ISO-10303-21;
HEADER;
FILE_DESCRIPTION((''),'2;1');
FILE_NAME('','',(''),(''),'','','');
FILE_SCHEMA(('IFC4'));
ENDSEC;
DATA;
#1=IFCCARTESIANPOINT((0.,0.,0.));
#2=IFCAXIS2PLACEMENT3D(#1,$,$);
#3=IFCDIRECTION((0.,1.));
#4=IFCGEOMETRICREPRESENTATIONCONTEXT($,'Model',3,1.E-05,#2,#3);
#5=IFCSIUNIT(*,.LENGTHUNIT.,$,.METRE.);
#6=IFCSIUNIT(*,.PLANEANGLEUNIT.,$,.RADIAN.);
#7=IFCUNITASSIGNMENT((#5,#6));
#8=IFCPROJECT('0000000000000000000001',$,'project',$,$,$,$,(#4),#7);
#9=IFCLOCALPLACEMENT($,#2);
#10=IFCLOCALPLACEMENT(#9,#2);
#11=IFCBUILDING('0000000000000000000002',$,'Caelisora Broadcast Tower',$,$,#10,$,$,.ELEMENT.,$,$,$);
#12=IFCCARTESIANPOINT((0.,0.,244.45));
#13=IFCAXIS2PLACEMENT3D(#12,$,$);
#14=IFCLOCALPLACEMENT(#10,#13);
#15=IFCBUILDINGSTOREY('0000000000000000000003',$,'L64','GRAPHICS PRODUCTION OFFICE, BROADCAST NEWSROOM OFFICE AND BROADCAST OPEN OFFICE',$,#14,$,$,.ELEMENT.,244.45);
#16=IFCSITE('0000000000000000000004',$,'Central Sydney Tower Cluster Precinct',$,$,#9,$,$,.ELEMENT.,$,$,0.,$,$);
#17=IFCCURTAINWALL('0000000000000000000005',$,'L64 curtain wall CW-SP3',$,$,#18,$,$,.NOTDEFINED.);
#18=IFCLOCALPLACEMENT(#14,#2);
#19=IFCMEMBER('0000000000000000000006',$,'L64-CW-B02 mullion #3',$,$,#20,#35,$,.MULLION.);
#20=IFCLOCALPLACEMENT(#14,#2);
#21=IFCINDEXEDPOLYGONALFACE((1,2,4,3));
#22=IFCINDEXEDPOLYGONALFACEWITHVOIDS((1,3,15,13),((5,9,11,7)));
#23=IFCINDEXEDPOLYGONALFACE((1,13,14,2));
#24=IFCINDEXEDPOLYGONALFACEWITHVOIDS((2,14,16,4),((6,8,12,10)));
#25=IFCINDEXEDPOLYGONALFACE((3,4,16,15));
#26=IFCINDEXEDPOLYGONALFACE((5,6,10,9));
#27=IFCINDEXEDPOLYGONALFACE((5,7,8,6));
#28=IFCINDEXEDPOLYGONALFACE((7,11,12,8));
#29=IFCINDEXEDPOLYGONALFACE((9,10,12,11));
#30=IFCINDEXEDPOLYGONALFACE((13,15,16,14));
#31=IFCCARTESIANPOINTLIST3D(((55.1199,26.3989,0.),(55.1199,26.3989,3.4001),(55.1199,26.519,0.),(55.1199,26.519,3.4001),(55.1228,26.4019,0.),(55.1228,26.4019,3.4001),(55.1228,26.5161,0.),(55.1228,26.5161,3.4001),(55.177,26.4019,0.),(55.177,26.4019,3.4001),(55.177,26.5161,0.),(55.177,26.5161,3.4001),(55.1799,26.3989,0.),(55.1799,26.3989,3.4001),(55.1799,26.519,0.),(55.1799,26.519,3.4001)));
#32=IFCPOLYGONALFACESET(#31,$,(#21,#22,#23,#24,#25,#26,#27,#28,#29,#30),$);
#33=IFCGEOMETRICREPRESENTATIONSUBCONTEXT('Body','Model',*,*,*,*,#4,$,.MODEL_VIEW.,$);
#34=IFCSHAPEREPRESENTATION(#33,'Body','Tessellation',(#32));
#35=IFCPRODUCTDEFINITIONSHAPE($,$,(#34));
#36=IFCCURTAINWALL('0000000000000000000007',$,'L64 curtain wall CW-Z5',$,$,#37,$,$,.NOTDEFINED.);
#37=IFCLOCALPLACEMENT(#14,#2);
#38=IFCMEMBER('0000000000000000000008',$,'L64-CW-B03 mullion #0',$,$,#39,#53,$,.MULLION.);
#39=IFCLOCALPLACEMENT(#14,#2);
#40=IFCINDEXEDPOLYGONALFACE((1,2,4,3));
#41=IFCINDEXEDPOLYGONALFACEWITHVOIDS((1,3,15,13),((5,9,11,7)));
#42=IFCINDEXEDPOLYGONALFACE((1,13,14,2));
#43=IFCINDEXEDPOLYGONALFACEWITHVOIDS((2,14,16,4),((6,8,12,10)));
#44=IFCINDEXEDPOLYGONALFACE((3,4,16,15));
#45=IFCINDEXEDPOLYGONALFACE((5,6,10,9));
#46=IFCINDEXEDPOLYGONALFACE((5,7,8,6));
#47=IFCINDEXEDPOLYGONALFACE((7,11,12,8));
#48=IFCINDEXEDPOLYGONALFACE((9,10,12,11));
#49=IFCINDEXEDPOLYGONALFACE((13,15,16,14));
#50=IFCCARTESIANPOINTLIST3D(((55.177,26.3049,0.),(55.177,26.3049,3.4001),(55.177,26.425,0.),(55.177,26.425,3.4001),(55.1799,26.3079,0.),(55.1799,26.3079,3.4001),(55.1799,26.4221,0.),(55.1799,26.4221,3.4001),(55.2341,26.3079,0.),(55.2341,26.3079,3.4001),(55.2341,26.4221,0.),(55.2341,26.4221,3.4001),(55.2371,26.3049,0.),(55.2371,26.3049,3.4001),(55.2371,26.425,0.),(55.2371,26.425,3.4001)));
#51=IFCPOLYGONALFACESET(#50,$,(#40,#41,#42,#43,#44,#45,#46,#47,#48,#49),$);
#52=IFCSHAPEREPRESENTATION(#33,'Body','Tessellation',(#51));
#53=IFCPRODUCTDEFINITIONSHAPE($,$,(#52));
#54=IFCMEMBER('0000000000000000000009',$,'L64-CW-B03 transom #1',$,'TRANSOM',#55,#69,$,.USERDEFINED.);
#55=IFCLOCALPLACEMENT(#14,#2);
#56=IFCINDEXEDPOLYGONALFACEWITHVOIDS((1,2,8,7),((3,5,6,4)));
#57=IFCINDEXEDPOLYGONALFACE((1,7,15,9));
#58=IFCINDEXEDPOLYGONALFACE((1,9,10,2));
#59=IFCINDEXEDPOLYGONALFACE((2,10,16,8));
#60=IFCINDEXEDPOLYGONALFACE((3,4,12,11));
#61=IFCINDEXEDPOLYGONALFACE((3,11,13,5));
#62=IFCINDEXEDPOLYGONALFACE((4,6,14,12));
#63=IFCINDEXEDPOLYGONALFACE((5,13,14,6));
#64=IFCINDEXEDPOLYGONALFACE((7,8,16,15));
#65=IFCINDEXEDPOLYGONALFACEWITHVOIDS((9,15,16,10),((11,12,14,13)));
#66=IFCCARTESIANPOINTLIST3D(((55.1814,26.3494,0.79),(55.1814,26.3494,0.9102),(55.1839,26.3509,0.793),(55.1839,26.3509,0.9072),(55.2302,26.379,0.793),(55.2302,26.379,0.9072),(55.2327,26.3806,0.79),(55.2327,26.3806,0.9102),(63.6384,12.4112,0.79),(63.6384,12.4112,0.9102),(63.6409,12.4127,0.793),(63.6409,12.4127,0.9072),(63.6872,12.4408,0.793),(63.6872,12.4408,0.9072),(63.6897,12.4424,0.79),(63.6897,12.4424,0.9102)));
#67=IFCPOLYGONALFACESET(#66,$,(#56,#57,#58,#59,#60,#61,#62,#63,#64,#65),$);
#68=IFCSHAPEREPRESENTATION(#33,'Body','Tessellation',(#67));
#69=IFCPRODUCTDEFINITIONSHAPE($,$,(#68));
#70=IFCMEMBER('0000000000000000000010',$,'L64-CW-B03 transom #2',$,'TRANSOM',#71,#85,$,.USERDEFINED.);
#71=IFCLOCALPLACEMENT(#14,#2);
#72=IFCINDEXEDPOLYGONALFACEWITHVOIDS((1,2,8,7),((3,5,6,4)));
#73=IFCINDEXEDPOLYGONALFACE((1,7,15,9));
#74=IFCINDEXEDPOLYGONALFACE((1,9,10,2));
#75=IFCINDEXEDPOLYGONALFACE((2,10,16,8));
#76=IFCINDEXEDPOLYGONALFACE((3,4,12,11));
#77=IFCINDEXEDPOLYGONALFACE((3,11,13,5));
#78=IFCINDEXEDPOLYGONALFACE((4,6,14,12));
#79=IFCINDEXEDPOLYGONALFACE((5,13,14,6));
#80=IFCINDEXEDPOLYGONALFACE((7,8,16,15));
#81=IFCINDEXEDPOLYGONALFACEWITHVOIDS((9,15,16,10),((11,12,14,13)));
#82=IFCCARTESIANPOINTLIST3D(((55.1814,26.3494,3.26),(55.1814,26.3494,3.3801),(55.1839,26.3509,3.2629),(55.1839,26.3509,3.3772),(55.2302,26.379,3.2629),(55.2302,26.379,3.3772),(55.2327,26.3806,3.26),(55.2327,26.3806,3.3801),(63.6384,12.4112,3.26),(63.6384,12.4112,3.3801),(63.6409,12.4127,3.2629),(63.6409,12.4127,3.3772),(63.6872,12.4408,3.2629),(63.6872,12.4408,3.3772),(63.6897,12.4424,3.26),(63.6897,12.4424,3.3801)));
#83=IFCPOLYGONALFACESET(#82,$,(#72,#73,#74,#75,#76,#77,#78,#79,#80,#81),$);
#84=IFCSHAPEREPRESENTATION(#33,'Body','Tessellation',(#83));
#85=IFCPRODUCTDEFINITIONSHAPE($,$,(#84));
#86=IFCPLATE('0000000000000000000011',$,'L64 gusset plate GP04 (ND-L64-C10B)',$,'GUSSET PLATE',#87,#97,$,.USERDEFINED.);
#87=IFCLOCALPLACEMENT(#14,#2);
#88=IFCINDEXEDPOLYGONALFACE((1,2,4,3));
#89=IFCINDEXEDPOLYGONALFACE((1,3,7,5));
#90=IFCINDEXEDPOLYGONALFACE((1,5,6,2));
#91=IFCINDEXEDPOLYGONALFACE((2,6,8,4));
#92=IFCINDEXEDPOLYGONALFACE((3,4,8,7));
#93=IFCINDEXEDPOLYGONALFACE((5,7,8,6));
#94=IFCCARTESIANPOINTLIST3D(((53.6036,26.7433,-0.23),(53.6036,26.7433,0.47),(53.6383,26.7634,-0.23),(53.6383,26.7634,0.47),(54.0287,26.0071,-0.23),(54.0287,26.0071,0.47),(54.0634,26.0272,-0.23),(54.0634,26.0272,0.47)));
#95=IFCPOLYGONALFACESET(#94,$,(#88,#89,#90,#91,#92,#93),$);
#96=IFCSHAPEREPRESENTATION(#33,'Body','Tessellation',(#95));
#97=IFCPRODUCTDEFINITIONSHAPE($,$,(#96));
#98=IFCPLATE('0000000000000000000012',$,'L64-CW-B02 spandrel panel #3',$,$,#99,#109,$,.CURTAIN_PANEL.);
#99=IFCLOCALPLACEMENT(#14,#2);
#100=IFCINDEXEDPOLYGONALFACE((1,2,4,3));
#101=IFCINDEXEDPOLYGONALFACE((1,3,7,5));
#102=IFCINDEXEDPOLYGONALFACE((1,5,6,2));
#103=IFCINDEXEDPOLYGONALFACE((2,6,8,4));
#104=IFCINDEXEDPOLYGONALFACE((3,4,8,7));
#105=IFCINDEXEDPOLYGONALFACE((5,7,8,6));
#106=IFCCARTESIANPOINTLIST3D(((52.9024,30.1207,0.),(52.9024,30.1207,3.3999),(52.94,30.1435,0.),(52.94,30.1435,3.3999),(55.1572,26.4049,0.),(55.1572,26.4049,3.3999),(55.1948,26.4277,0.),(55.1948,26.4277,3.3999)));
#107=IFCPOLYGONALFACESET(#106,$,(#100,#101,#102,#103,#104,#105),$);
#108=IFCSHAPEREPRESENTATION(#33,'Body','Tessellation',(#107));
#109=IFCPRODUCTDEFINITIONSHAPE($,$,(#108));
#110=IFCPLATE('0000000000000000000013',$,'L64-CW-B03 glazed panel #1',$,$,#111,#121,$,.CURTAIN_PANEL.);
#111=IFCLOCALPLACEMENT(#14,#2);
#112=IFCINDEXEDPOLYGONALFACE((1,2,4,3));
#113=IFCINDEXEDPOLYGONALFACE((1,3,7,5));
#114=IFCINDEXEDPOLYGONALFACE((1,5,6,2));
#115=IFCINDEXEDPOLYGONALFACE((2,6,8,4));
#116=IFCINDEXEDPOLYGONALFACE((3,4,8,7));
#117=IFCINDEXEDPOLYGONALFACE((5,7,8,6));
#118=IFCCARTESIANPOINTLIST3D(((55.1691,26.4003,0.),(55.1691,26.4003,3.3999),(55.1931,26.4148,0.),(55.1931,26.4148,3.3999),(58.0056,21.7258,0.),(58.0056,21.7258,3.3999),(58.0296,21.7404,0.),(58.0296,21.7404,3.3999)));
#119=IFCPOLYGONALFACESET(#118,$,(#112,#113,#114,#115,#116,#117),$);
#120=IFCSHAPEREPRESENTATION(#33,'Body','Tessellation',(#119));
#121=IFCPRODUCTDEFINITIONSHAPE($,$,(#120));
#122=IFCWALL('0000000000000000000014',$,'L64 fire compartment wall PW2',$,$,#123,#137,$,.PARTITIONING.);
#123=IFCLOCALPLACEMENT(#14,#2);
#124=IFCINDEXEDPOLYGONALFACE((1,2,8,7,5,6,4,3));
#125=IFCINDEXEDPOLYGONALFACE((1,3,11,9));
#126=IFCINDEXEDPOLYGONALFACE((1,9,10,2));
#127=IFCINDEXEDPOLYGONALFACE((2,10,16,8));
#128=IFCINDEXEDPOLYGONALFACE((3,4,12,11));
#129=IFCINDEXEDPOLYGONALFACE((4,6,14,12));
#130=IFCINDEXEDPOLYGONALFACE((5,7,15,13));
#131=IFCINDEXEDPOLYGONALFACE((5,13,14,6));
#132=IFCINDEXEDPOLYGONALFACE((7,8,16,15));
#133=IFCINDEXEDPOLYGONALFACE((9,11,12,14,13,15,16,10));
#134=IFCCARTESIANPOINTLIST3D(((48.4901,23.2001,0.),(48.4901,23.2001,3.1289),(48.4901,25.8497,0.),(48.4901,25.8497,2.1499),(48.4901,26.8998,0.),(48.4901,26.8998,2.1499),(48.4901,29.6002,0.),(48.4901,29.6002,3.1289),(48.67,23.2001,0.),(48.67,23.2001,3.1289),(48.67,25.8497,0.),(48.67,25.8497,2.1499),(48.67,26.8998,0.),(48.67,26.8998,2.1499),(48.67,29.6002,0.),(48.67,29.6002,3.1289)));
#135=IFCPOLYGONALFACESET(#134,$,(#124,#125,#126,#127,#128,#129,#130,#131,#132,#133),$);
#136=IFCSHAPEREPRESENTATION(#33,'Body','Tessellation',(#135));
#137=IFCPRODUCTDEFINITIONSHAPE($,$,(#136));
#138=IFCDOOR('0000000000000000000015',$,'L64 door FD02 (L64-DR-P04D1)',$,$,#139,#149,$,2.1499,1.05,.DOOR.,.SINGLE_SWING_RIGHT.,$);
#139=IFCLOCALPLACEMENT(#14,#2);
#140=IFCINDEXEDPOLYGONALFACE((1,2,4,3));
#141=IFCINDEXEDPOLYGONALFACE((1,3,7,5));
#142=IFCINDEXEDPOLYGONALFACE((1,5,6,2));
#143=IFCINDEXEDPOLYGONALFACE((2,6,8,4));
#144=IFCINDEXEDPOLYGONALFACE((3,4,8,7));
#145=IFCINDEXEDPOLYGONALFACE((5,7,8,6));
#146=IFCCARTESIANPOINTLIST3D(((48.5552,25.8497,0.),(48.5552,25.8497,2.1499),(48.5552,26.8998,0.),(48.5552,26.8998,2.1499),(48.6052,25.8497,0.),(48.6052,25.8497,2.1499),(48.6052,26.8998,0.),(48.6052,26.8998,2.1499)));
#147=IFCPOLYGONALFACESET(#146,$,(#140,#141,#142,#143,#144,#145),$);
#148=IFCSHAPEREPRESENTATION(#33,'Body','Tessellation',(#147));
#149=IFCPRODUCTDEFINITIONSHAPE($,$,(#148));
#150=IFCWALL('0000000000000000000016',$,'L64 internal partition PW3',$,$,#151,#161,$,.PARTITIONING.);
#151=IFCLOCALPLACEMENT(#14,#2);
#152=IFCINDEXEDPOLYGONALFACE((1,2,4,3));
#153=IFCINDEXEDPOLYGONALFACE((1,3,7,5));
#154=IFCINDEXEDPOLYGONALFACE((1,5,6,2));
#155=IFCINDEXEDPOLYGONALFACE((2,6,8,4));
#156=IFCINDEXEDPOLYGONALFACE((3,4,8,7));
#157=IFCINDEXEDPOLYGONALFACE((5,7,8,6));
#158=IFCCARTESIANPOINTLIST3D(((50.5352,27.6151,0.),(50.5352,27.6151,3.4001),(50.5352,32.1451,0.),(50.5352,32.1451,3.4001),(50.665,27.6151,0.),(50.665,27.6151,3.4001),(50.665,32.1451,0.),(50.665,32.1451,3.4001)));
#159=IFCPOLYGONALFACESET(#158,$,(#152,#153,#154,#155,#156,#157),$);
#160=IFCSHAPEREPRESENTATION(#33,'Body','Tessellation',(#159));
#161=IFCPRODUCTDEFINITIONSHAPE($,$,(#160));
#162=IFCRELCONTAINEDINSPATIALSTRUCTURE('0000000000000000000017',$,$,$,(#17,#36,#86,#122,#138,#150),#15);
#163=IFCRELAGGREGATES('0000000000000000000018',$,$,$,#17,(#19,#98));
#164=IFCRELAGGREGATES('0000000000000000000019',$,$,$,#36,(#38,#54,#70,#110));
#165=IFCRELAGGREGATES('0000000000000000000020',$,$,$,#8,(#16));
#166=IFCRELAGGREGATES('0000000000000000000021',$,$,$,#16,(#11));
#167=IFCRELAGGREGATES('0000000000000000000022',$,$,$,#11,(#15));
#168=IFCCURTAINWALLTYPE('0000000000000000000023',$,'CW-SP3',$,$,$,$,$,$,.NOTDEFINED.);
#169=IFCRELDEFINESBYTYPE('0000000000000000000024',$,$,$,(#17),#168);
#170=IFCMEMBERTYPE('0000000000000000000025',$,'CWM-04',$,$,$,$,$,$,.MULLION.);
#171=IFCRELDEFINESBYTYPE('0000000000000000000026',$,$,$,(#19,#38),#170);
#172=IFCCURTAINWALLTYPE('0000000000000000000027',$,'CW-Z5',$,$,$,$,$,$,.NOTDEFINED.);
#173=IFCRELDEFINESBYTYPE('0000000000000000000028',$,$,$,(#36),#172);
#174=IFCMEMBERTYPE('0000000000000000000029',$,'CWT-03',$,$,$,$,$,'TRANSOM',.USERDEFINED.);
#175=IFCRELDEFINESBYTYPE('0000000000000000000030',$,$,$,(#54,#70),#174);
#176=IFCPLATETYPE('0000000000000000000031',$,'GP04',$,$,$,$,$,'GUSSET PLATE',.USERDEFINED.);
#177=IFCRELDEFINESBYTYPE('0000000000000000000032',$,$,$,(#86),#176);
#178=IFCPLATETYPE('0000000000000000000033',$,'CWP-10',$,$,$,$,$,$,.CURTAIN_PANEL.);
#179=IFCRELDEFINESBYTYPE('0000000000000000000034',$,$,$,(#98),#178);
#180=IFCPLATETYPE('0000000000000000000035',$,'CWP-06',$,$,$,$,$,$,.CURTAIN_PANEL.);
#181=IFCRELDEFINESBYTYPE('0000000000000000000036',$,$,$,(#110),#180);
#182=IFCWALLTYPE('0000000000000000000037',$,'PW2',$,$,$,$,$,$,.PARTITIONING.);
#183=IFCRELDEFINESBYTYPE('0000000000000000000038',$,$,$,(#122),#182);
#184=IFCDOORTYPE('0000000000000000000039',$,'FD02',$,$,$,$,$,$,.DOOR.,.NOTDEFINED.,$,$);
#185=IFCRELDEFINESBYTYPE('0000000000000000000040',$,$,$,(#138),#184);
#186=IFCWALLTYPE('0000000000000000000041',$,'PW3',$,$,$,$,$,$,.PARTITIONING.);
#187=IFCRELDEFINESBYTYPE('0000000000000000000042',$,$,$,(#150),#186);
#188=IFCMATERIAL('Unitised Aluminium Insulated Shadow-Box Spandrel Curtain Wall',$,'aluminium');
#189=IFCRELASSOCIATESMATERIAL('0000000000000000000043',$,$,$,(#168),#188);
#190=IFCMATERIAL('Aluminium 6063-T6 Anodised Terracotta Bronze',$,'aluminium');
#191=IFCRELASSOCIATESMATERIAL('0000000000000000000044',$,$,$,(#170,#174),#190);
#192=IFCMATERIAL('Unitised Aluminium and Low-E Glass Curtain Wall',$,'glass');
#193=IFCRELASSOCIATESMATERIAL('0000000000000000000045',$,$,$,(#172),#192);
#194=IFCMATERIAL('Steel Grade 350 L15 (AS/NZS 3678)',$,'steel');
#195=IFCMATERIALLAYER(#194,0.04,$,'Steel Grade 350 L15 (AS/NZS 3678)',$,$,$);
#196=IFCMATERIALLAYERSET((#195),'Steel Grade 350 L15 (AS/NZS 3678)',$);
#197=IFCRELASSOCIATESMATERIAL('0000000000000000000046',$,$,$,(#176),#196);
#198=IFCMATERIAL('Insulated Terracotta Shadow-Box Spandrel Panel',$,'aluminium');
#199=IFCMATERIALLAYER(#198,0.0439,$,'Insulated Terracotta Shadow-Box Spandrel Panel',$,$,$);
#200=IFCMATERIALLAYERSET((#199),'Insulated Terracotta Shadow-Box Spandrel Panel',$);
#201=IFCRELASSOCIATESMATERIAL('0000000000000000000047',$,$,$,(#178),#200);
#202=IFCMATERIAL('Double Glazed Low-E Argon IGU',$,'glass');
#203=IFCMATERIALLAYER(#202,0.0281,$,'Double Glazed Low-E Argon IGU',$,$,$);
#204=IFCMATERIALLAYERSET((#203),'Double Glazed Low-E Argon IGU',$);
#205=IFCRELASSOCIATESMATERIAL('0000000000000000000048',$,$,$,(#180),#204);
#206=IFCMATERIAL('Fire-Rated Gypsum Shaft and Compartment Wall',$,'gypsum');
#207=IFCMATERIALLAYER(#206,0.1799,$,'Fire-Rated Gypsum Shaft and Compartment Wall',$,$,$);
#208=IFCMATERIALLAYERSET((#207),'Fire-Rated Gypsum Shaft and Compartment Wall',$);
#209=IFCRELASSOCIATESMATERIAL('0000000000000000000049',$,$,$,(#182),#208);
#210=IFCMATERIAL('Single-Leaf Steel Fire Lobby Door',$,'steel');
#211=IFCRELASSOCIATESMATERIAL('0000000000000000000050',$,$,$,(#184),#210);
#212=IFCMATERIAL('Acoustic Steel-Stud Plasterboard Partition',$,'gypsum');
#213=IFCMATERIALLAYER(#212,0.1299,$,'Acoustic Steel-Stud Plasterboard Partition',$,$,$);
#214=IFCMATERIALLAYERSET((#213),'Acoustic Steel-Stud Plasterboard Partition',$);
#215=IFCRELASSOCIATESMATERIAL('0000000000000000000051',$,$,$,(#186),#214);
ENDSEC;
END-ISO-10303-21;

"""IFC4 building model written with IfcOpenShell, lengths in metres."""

from ifc_helpers import new_model, si_unit, direction, frame, frame_2d, origin, origin_2d, place, context, subcontext, project, spatial, rectangle, hollow_rectangle, extrude, source, transform, mapped, material, layer, layer_set, material_profile, profile_set, type_object, type_shapes, element, fill, aggregate, save


model = new_model("IFC4")

# Units and contexts
model_context = context("Model", 3, precision=1e-05, world=origin(), true_north=direction((0.0, 1.0)))
body_context = subcontext(model_context, "Body", "Model", "MODEL_VIEW")
ifc_project = project(units=[si_unit("LENGTHUNIT", "METRE"), si_unit("PLANEANGLEUNIT", "RADIAN")], contexts=[model_context])

# Site, building, storey
site_placement = place(None, origin())
site = spatial("IfcSite", under=ifc_project, at=site_placement, Name="Central Sydney Tower Cluster Precinct", CompositionType="ELEMENT", RefElevation=0.0)
building_placement = place(site_placement, origin())
building = spatial("IfcBuilding", under=site, at=building_placement, Name="Caelisora Broadcast Tower", CompositionType="ELEMENT")
storey_placement = place(building_placement, frame((0.0, 0.0, 244.45)))
storey = spatial("IfcBuildingStorey", under=building, at=storey_placement, Name="L64", Description="GRAPHICS PRODUCTION OFFICE, BROADCAST NEWSROOM OFFICE AND BROADCAST OPEN OFFICE", CompositionType="ELEMENT", Elevation=244.45)

# Shared definitions
ifc_material_1 = material(Name="Steel Grade 350 L15 (AS/NZS 3678)", Category="steel")

# Curtain walls, members
ifc_material_2 = material(Name="Unitised Aluminium Insulated Shadow-Box Spandrel Curtain Wall", Category="aluminium")
curtain_wall_type_1 = type_object("IfcCurtainWallType", Name="CW-SP3", PredefinedType="NOTDEFINED", material=ifc_material_2)
curtain_wall_1_placement = place(storey_placement, origin())
curtain_wall_1 = element("IfcCurtainWall", 1, at=curtain_wall_1_placement, inside=storey, type_object=curtain_wall_type_1, Name="L64 curtain wall CW-SP3", PredefinedType="NOTDEFINED")
ifc_material_3 = material(Name="Aluminium 6063-T6 Anodised Terracotta Bronze", Category="aluminium")
ifc_material_profile_1 = material_profile(ifc_material_3, hollow_rectangle(XDim=0.0601, YDim=0.1201, WallThickness=0.0029, at=origin_2d()), Name="Aluminium 6063-T6 Anodised Terracotta Bronze")
ifc_profile_set_1 = profile_set([ifc_material_profile_1], Name="Aluminium 6063-T6 Anodised Terracotta Bronze")
member_type_1 = type_object("IfcMemberType", Name="CWM-04", PredefinedType="MULLION", material=ifc_profile_set_1)
shared_shape_1 = source(origin(), body_context, "Body", "SweptSolid", [
    extrude(hollow_rectangle(XDim=0.0601, YDim=0.1201, WallThickness=0.0029, at=origin_2d()), origin(), (0.0, 0.0, 1.0), 3.4001),
])
type_shapes(member_type_1, [shared_shape_1])
member_1_placement = place(storey_placement, frame((55.1499, 26.459, 0.0), z_axis=(0.0, 0.0, 1.0), x_axis=(1.0, 0.0, 0.0)))
member_1 = element("IfcMember", 2, at=member_1_placement, type_object=member_type_1, Name="L64-CW-B02 mullion #3", PredefinedType="MULLION", context=body_context, shape_type="MappedRepresentation", body=[
    mapped(shared_shape_1, transform((0.0, 0.0, 0.0), scale=1.0)),
])
ifc_material_4 = material(Name="Unitised Aluminium and Low-E Glass Curtain Wall", Category="glass")
curtain_wall_type_2 = type_object("IfcCurtainWallType", Name="CW-Z5", PredefinedType="NOTDEFINED", material=ifc_material_4)
curtain_wall_2_placement = place(storey_placement, origin())
curtain_wall_2 = element("IfcCurtainWall", 3, at=curtain_wall_2_placement, inside=storey, type_object=curtain_wall_type_2, Name="L64 curtain wall CW-Z5", PredefinedType="NOTDEFINED")
member_2_placement = place(storey_placement, frame((55.207, 26.365, 0.0), z_axis=(0.0, 0.0, 1.0), x_axis=(1.0, 0.0, 0.0)))
member_2 = element("IfcMember", 4, at=member_2_placement, type_object=member_type_1, Name="L64-CW-B03 mullion #0", PredefinedType="MULLION", context=body_context, shape_type="MappedRepresentation", body=[
    mapped(shared_shape_1, transform((0.0, 0.0, 0.0), scale=1.0)),
])
ifc_material_profile_2 = material_profile(ifc_material_3, hollow_rectangle(XDim=0.0601, YDim=0.1201, WallThickness=0.0029, at=origin_2d()), Name="Aluminium 6063-T6 Anodised Terracotta Bronze")
ifc_profile_set_2 = profile_set([ifc_material_profile_2], Name="Aluminium 6063-T6 Anodised Terracotta Bronze")
member_type_2 = type_object("IfcMemberType", Name="CWT-03", ElementType="TRANSOM", PredefinedType="USERDEFINED", material=ifc_profile_set_2)
shared_shape_2 = source(origin(), body_context, "Body", "SweptSolid", [
    extrude(hollow_rectangle(XDim=0.0601, YDim=0.1201, WallThickness=0.0029, at=origin_2d()), origin(), (0.0, 0.0, 1.0), 16.3032),
])
type_shapes(member_type_2, [shared_shape_2])
member_3_placement = place(storey_placement, frame((55.207, 26.365, 0.8501), z_axis=(0.518733, -0.854936, 0.0), x_axis=(0.854936, 0.518733, 0.0)))
member_3 = element("IfcMember", 5, at=member_3_placement, type_object=member_type_2, Name="L64-CW-B03 transom #1", ObjectType="TRANSOM", PredefinedType="USERDEFINED", context=body_context, shape_type="MappedRepresentation", body=[
    mapped(shared_shape_2, transform((0.0, 0.0, 0.0), scale=1.0)),
])
member_4_placement = place(storey_placement, frame((55.207, 26.365, 3.3201), z_axis=(0.518733, -0.854936, 0.0), x_axis=(0.854936, 0.518733, 0.0)))
member_4 = element("IfcMember", 6, at=member_4_placement, type_object=member_type_2, Name="L64-CW-B03 transom #2", ObjectType="TRANSOM", PredefinedType="USERDEFINED", context=body_context, shape_type="MappedRepresentation", body=[
    mapped(shared_shape_2, transform((0.0, 0.0, 0.0), scale=1.0)),
])

# Plates
ifc_layer_1 = layer(ifc_material_1, 0.04, Name="Steel Grade 350 L15 (AS/NZS 3678)")
ifc_layer_set_1 = layer_set([ifc_layer_1], Name="Steel Grade 350 L15 (AS/NZS 3678)")
plate_type_1 = type_object("IfcPlateType", Name="GP04", ElementType="GUSSET PLATE", PredefinedType="USERDEFINED", material=ifc_layer_set_1)
shared_shape_3 = source(origin(), body_context, "Body", "SweptSolid", [
    extrude(rectangle(XDim=0.8501, YDim=0.04, at=origin_2d()), origin(), (0.0, 0.0, 1.0), 0.7),
])
type_shapes(plate_type_1, [shared_shape_3])
plate_1_placement = place(storey_placement, frame((53.8335, 26.3853, -0.23), z_axis=(0.0, 0.0, 1.0), x_axis=(-0.5, 0.866025, 0.0)))
element("IfcPlate", 7, at=plate_1_placement, inside=storey, type_object=plate_type_1, Name="L64 gusset plate GP04 (ND-L64-C10B)", ObjectType="GUSSET PLATE", PredefinedType="USERDEFINED", context=body_context, shape_type="MappedRepresentation", body=[
    mapped(shared_shape_3, transform((0.0, 0.0, 0.0), scale=1.0)),
])
ifc_material_5 = material(Name="Insulated Terracotta Shadow-Box Spandrel Panel", Category="aluminium")
ifc_layer_2 = layer(ifc_material_5, 0.0439, Name="Insulated Terracotta Shadow-Box Spandrel Panel")
ifc_layer_set_2 = layer_set([ifc_layer_2], Name="Insulated Terracotta Shadow-Box Spandrel Panel")
plate_type_2 = type_object("IfcPlateType", Name="CWP-10", PredefinedType="CURTAIN_PANEL", material=ifc_layer_set_2)
shared_shape_4 = source(origin(), body_context, "Body", "SweptSolid", [
    extrude(rectangle(XDim=4.3464, YDim=0.0439, at=origin_2d()), origin(), (0.0, 0.0, 1.0), 3.3999),
])
type_shapes(plate_type_2, [shared_shape_4])
plate_2_placement = place(storey_placement, frame((54.0486, 28.2742, 0.0), z_axis=(0.0, 0.0, 1.0), x_axis=(0.518773, -0.854912, 0.0)))
plate_2 = element("IfcPlate", 8, at=plate_2_placement, type_object=plate_type_2, Name="L64-CW-B02 spandrel panel #3", PredefinedType="CURTAIN_PANEL", context=body_context, shape_type="MappedRepresentation", body=[
    mapped(shared_shape_4, transform((0.0, 0.0, 0.0), scale=1.0)),
])
aggregate(curtain_wall_1, [member_1, plate_2])
ifc_material_6 = material(Name="Double Glazed Low-E Argon IGU", Category="glass")
ifc_layer_3 = layer(ifc_material_6, 0.0281, Name="Double Glazed Low-E Argon IGU")
ifc_layer_set_3 = layer_set([ifc_layer_3], Name="Double Glazed Low-E Argon IGU")
plate_type_3 = type_object("IfcPlateType", Name="CWP-06", PredefinedType="CURTAIN_PANEL", material=ifc_layer_set_3)
shared_shape_5 = source(origin(), body_context, "Body", "SweptSolid", [
    extrude(rectangle(XDim=5.4678, YDim=0.0281, at=origin_2d()), origin(), (0.0, 0.0, 1.0), 3.3999),
])
type_shapes(plate_type_3, [shared_shape_5])
plate_3_placement = place(storey_placement, frame((56.5994, 24.0703, 0.0), z_axis=(0.0, 0.0, 1.0), x_axis=(0.518773, -0.854912, 0.0)))
plate_3 = element("IfcPlate", 9, at=plate_3_placement, type_object=plate_type_3, Name="L64-CW-B03 glazed panel #1", PredefinedType="CURTAIN_PANEL", context=body_context, shape_type="MappedRepresentation", body=[
    mapped(shared_shape_5, transform((0.0, 0.0, 0.0), scale=1.0)),
])
aggregate(curtain_wall_2, [member_2, member_3, member_4, plate_3])

# Wall, opening, door
ifc_material_7 = material(Name="Fire-Rated Gypsum Shaft and Compartment Wall", Category="gypsum")
ifc_layer_4 = layer(ifc_material_7, 0.1799, Name="Fire-Rated Gypsum Shaft and Compartment Wall")
ifc_layer_set_4 = layer_set([ifc_layer_4], Name="Fire-Rated Gypsum Shaft and Compartment Wall")
wall_type_1 = type_object("IfcWallType", Name="PW2", PredefinedType="PARTITIONING", material=ifc_layer_set_4)
wall_1_placement = place(storey_placement, frame((48.5801, 23.2, 0.0), z_axis=(0.0, 0.0, 1.0), x_axis=(0.0, 1.0, 0.0)))
wall_1 = element("IfcWall", 10, at=wall_1_placement, inside=storey, type_object=wall_type_1, Name="L64 fire compartment wall PW2", PredefinedType="PARTITIONING", context=body_context, shape_type="SweptSolid", body=[
    extrude(rectangle(XDim=6.4001, YDim=0.1799, at=frame_2d((3.2002, 0.0))), origin(), (0.0, 0.0, 1.0), 3.1289),
])
opening_1_placement = place(wall_1_placement, frame((2.6499, 0.0, 0.0)))
opening_1 = element("IfcOpeningElement", 11, at=opening_1_placement, cuts=wall_1, PredefinedType="OPENING", context=body_context, shape_type="SweptSolid", body=[
    extrude(rectangle(XDim=1.05, YDim=2.1499, at=frame_2d((0.5249, 1.075))), frame((0.0, 0.1021, 0.0), z_axis=(0.0, -1.0, 0.0), x_axis=(1.0, 0.0, 0.0)), (0.0, 0.0, 1.0), 0.2039),
])
ifc_material_8 = material(Name="Single-Leaf Steel Fire Lobby Door", Category="steel")
door_type_1 = type_object("IfcDoorType", Name="FD02", OperationType="NOTDEFINED", PredefinedType="DOOR", material=ifc_material_8)
door_1_placement = place(opening_1_placement, origin())
door_1 = element("IfcDoor", 12, at=door_1_placement, inside=storey, type_object=door_type_1, Name="L64 door FD02 (L64-DR-P04D1)", OperationType="SINGLE_SWING_RIGHT", OverallHeight=2.1499, OverallWidth=1.05, PredefinedType="DOOR", context=body_context, shape_type="SweptSolid", body=[
    extrude(rectangle(XDim=1.05, YDim=2.1499, at=frame_2d((0.5249, 1.075))), frame((0.0, 0.0249, 0.0), z_axis=(0.0, -1.0, 0.0), x_axis=(1.0, 0.0, 0.0)), (0.0, 0.0, 1.0), 0.05),
])
fill(opening_1, door_1)

# Wall
ifc_material_9 = material(Name="Acoustic Steel-Stud Plasterboard Partition", Category="gypsum")
ifc_layer_5 = layer(ifc_material_9, 0.1299, Name="Acoustic Steel-Stud Plasterboard Partition")
ifc_layer_set_5 = layer_set([ifc_layer_5], Name="Acoustic Steel-Stud Plasterboard Partition")
wall_type_2 = type_object("IfcWallType", Name="PW3", PredefinedType="PARTITIONING", material=ifc_layer_set_5)
wall_2_placement = place(storey_placement, frame((50.6001, 27.615, 0.0), z_axis=(0.0, 0.0, 1.0), x_axis=(0.0, 1.0, 0.0)))
element("IfcWall", 13, at=wall_2_placement, inside=storey, type_object=wall_type_2, Name="L64 internal partition PW3", PredefinedType="PARTITIONING", context=body_context, shape_type="SweptSolid", body=[
    extrude(rectangle(XDim=4.53, YDim=0.1299, at=frame_2d((2.2651, 0.0))), origin(), (0.0, 0.0, 1.0), 3.4001),
])

save(model, "model.ifc")
